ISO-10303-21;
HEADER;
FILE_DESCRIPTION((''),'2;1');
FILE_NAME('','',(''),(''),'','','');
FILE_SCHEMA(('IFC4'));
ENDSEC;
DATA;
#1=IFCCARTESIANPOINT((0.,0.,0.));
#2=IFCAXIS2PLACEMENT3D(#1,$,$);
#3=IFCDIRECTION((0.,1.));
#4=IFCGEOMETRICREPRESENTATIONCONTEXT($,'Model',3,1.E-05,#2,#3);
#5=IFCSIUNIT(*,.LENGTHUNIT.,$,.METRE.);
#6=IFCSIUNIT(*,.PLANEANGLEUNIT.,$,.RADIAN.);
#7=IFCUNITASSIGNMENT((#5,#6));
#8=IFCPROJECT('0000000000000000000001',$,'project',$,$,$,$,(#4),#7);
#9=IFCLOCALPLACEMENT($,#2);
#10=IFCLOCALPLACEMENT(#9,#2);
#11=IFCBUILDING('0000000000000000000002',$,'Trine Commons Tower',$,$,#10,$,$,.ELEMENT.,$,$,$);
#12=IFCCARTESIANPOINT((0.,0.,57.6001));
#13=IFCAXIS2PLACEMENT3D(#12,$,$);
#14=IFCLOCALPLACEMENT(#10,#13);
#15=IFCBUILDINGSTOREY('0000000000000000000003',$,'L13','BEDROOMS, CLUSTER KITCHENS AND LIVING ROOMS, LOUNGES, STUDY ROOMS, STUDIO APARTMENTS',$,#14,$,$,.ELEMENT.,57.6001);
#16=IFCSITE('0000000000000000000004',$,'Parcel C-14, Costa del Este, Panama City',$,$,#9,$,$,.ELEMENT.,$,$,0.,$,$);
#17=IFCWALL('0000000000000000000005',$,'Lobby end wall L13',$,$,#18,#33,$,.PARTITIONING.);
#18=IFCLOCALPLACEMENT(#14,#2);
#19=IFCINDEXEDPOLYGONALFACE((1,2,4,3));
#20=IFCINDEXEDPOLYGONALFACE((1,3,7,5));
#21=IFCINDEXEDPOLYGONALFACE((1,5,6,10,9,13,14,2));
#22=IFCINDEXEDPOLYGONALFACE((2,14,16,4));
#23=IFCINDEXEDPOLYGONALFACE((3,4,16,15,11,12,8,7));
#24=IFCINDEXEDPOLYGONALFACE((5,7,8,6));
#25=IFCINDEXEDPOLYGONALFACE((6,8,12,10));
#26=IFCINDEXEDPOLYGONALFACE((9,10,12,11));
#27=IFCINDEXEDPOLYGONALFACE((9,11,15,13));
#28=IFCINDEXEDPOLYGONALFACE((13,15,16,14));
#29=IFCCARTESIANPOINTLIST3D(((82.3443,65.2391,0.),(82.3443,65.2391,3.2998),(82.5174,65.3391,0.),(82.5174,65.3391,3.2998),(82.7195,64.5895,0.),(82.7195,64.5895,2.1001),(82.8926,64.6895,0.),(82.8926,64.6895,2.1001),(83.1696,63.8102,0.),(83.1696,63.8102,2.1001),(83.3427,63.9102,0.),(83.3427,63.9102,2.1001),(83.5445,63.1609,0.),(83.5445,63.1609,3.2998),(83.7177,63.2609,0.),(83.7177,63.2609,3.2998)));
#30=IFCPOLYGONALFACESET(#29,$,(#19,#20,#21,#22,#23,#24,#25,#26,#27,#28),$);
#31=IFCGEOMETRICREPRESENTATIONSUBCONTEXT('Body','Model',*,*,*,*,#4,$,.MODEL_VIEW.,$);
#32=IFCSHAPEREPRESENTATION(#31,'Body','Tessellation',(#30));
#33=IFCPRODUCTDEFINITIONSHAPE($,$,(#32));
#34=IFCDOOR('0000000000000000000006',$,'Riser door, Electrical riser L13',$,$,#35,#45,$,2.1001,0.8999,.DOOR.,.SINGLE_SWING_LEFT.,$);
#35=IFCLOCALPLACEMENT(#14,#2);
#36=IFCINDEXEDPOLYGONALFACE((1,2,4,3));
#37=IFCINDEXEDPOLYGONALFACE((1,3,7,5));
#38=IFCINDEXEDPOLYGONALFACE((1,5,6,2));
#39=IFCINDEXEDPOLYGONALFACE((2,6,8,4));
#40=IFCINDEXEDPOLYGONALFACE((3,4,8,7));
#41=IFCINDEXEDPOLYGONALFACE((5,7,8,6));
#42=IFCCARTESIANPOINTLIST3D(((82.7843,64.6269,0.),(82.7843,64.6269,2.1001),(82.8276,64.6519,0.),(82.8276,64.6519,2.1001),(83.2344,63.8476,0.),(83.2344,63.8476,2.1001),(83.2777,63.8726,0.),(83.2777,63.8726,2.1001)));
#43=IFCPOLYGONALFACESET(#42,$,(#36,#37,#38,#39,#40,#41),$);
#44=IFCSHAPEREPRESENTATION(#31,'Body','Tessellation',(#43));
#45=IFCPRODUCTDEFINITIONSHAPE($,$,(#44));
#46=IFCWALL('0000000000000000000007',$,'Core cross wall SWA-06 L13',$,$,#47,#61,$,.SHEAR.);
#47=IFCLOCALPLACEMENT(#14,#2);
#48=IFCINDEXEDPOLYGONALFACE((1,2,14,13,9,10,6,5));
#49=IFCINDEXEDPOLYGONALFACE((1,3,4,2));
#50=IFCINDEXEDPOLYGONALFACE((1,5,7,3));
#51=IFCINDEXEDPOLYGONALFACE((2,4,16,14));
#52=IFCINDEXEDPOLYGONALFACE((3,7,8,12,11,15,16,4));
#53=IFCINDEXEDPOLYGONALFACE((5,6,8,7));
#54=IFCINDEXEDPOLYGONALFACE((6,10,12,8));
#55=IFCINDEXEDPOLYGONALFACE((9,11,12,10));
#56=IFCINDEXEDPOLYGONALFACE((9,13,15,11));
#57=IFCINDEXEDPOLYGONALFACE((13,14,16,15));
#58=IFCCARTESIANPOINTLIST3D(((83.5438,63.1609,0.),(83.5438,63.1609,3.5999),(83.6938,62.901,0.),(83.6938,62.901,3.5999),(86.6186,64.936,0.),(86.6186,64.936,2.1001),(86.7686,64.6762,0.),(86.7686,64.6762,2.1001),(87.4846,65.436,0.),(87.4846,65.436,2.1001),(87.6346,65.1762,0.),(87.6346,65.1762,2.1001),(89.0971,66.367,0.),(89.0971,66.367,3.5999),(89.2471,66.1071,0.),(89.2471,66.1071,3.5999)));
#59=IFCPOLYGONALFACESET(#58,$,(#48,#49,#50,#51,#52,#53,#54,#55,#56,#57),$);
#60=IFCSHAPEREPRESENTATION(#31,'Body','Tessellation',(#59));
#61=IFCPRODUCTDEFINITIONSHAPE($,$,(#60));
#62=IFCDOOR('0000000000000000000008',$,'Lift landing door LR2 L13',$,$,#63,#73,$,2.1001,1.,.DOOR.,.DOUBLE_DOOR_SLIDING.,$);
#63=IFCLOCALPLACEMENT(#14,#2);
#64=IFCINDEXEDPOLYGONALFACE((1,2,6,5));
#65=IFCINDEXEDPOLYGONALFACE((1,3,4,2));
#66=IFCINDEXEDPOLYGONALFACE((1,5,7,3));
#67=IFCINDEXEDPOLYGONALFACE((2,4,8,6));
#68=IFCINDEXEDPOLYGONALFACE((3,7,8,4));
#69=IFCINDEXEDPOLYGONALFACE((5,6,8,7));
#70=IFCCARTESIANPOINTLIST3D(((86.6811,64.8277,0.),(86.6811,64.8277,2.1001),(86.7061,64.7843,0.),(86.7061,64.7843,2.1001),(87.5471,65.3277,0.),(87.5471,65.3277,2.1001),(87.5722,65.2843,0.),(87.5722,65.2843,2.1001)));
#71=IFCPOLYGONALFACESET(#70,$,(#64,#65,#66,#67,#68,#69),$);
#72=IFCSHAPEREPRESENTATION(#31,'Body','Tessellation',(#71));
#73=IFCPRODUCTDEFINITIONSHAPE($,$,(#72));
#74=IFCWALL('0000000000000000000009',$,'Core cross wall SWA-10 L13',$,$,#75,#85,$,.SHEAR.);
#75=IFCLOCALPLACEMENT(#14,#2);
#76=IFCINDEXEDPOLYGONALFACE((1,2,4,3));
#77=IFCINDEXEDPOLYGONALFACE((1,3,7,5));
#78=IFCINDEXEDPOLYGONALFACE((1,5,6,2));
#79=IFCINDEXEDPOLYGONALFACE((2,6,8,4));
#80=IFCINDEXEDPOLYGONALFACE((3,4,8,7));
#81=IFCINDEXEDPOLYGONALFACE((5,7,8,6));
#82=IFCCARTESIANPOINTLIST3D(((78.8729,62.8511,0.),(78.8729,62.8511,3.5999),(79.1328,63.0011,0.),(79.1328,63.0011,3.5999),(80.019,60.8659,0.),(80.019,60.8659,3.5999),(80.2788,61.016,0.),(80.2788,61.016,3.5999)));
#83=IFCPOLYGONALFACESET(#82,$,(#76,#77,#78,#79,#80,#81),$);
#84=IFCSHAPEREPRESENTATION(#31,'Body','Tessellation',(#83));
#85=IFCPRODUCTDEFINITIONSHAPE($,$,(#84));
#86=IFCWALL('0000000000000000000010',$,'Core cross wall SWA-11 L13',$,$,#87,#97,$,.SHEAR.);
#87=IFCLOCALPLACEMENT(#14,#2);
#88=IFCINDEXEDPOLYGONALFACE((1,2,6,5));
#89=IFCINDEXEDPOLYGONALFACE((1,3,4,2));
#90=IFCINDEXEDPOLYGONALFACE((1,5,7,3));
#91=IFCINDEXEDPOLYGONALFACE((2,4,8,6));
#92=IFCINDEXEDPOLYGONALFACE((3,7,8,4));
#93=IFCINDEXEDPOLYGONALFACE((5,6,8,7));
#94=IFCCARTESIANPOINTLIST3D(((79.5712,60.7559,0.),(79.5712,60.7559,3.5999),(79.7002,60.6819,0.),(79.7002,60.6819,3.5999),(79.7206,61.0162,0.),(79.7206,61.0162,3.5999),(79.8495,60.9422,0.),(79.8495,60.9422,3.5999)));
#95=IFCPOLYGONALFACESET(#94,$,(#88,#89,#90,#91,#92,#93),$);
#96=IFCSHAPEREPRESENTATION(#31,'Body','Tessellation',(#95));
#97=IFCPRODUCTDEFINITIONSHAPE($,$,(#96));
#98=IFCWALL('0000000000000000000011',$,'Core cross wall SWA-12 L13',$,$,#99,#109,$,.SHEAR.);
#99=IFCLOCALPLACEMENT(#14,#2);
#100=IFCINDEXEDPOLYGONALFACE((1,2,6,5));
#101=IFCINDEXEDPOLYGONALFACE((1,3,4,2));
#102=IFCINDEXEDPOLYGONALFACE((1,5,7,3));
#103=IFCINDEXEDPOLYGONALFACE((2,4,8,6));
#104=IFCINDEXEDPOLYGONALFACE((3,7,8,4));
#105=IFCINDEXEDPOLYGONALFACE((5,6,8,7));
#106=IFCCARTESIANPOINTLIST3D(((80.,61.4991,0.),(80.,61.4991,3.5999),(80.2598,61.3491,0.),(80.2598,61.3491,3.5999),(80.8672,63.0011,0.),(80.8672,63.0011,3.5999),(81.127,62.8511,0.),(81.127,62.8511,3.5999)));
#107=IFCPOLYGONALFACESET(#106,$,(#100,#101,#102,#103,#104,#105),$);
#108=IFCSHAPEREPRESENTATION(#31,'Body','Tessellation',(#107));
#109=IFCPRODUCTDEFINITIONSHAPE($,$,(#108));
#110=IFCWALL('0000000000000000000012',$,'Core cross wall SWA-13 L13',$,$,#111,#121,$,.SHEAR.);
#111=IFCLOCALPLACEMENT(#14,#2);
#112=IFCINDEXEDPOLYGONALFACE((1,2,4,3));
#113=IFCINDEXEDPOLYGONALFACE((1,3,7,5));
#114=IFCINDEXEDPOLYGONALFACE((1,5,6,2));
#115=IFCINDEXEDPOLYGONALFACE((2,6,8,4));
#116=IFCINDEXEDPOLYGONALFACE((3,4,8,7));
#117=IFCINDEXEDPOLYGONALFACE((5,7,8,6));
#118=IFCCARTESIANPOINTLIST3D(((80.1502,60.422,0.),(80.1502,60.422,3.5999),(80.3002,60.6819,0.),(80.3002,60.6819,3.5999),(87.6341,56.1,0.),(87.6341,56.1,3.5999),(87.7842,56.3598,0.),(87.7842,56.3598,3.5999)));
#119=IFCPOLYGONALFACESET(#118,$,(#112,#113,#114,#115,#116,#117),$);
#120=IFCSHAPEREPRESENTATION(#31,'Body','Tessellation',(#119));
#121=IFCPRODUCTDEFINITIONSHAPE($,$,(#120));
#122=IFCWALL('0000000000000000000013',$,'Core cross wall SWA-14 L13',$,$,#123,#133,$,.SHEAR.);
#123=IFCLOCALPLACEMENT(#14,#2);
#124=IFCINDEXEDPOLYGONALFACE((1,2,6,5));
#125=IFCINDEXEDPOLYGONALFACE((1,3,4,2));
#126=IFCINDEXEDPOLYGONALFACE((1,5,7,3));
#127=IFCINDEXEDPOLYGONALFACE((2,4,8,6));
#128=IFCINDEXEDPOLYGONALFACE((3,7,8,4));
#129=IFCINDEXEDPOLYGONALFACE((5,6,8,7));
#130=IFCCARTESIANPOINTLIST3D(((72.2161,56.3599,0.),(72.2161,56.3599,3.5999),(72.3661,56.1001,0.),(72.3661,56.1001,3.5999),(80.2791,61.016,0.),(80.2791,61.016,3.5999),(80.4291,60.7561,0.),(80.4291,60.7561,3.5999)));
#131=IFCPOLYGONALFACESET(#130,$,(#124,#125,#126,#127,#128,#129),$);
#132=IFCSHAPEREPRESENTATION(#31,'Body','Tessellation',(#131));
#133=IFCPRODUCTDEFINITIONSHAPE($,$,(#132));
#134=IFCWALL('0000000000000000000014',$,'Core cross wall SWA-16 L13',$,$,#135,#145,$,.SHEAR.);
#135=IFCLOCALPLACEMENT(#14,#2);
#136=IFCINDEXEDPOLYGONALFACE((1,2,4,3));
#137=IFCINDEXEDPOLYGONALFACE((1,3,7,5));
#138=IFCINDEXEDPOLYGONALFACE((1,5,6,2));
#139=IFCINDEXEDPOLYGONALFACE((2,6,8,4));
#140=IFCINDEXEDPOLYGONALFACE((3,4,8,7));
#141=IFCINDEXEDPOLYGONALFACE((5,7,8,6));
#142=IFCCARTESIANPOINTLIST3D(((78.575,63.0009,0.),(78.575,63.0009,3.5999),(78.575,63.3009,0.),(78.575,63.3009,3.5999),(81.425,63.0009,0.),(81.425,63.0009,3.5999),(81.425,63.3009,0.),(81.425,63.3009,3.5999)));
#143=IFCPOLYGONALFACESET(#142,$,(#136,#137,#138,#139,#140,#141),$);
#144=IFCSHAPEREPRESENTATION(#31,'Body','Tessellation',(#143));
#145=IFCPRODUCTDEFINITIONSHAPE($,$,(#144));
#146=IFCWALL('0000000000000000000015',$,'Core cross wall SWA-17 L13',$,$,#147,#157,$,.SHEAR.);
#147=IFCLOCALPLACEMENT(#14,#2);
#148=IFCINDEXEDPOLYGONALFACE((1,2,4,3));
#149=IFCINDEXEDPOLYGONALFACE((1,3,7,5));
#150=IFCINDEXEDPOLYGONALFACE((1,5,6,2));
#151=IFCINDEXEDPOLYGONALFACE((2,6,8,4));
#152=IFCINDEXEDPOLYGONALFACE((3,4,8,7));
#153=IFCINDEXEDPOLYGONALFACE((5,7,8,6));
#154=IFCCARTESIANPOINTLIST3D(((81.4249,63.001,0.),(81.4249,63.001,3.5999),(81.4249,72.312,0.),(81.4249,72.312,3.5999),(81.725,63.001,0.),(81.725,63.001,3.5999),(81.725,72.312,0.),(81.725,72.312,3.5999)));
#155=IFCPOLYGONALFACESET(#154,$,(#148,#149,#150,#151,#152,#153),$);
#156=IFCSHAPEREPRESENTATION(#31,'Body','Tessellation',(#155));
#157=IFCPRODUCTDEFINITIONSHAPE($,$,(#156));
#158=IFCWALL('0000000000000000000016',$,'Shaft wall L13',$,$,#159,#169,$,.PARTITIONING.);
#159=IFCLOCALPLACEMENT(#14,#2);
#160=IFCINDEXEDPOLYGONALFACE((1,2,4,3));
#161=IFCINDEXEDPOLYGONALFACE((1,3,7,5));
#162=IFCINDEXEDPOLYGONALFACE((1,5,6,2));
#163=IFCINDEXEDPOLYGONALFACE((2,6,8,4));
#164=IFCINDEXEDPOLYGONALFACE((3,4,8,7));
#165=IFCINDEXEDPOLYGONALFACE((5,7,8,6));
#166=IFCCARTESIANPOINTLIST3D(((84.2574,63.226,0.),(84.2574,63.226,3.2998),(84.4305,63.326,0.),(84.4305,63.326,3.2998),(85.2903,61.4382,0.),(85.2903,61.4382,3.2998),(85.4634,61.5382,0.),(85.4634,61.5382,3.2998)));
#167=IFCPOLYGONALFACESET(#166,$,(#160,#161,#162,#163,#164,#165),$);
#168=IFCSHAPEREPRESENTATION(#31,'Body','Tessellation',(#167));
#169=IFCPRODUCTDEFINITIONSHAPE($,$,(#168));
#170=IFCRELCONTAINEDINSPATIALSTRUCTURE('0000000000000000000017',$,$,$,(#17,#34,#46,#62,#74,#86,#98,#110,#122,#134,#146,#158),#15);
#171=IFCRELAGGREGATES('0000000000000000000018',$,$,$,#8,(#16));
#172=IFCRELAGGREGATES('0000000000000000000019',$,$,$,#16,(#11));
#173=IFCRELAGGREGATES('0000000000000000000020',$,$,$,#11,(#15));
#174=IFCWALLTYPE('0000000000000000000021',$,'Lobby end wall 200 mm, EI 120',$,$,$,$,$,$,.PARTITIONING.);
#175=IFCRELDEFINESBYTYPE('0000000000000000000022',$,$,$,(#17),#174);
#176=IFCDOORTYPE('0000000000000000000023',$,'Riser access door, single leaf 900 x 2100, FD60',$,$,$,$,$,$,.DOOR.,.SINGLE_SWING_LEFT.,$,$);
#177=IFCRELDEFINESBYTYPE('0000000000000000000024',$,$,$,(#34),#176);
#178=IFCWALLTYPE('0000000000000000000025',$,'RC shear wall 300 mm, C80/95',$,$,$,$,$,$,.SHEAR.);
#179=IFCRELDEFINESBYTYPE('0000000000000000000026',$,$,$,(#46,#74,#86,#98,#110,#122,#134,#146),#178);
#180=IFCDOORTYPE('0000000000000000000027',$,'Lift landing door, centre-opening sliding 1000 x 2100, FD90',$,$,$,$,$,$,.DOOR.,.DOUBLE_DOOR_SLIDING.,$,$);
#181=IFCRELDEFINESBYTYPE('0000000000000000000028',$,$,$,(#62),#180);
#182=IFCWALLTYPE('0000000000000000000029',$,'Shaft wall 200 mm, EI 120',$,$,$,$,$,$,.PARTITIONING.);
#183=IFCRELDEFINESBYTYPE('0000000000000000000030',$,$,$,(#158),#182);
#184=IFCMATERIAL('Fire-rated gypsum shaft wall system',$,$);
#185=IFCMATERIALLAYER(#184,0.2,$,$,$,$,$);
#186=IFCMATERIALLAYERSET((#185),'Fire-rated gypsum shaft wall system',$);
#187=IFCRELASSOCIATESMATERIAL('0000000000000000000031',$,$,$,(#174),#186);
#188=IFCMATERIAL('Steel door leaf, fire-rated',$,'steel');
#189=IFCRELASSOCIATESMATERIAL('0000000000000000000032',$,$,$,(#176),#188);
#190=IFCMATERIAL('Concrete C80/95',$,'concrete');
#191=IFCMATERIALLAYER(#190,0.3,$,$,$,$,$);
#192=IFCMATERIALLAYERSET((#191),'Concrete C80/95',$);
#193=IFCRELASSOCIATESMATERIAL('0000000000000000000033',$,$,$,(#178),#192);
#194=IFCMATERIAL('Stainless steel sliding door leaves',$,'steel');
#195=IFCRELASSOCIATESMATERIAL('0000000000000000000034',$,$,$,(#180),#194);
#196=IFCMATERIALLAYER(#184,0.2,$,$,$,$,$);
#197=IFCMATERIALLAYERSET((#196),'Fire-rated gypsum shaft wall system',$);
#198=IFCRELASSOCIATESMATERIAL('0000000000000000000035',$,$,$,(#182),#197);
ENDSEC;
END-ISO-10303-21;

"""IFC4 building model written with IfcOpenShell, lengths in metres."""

from ifc_helpers import new_model, si_unit, direction, frame, frame_2d, origin, place, context, subcontext, project, spatial, rectangle, extrude, material, layer, layer_set, type_object, element, fill, save


model = new_model("IFC4")

# Units and contexts
model_context = context("Model", 3, precision=1e-05, world=origin(), true_north=direction((0.0, 1.0)))
body_context = subcontext(model_context, "Body", "Model", "MODEL_VIEW")
ifc_project = project(units=[si_unit("LENGTHUNIT", "METRE"), si_unit("PLANEANGLEUNIT", "RADIAN")], contexts=[model_context])

# Site, building, storey
site_placement = place(None, origin())
site = spatial("IfcSite", under=ifc_project, at=site_placement, Name="Parcel C-14, Costa del Este, Panama City", CompositionType="ELEMENT", RefElevation=0.0)
building_placement = place(site_placement, origin())
building = spatial("IfcBuilding", under=site, at=building_placement, Name="Trine Commons Tower", CompositionType="ELEMENT")
storey_placement = place(building_placement, frame((0.0, 0.0, 57.6001)))
storey = spatial("IfcBuildingStorey", under=building, at=storey_placement, Name="L13", Description="BEDROOMS, CLUSTER KITCHENS AND LIVING ROOMS, LOUNGES, STUDY ROOMS, STUDIO APARTMENTS", CompositionType="ELEMENT", Elevation=57.6001)

# Walls, openings, doors
ifc_material_1 = material(Name="Fire-rated gypsum shaft wall system")
ifc_layer_1 = layer(ifc_material_1, 0.2)
ifc_layer_set_1 = layer_set([ifc_layer_1], Name="Fire-rated gypsum shaft wall system")
wall_type_1 = type_object("IfcWallType", Name="Lobby end wall 200 mm, EI 120", PredefinedType="PARTITIONING", material=ifc_layer_set_1)
wall_1_placement = place(storey_placement, frame((83.6311, 63.2109, 0.0), z_axis=(0.0, 0.0, 1.0), x_axis=(-0.500122, 0.865955, 0.0)))
wall_1 = element("IfcWall", 1, at=wall_1_placement, inside=storey, type_object=wall_type_1, Name="Lobby end wall L13", PredefinedType="PARTITIONING", context=body_context, shape_type="SweptSolid", body=[
    extrude(rectangle(XDim=2.3999, YDim=0.2, at=frame_2d((1.2, 0.0))), origin(), (0.0, 0.0, 1.0), 3.2998),
])
opening_1_placement = place(wall_1_placement, frame((0.7498, 0.0, 0.0)))
opening_1 = element("IfcOpeningElement", 2, at=opening_1_placement, cuts=wall_1, PredefinedType="OPENING", context=body_context, shape_type="SweptSolid", body=[
    extrude(rectangle(XDim=0.8999, YDim=2.1001, at=frame_2d((0.45, 1.05))), frame((0.0, 0.1099, 0.0), z_axis=(0.0, -1.0, 0.0), x_axis=(1.0, 0.0, 0.0)), (0.0, 0.0, 1.0), 0.22),
])
ifc_material_2 = material(Name="Steel door leaf, fire-rated", Category="steel")
door_type_1 = type_object("IfcDoorType", Name="Riser access door, single leaf 900 x 2100, FD60", OperationType="SINGLE_SWING_LEFT", PredefinedType="DOOR", material=ifc_material_2)
door_1_placement = place(opening_1_placement, frame((0.8999, 0.0, 0.0), z_axis=(0.0, 0.0, 1.0), x_axis=(-1.0, 0.0, 0.0)))
door_1 = element("IfcDoor", 3, at=door_1_placement, inside=storey, type_object=door_type_1, Name="Riser door, Electrical riser L13", OperationType="SINGLE_SWING_LEFT", OverallHeight=2.1001, OverallWidth=0.8999, PredefinedType="DOOR", context=body_context, shape_type="SweptSolid", body=[
    extrude(rectangle(XDim=0.8999, YDim=2.1001, at=frame_2d((0.45, 1.05))), frame((0.0, 0.0249, 0.0), z_axis=(0.0, -1.0, 0.0), x_axis=(1.0, 0.0, 0.0)), (0.0, 0.0, 1.0), 0.05),
])
fill(opening_1, door_1)
ifc_material_3 = material(Name="Concrete C80/95", Category="concrete")
ifc_layer_2 = layer(ifc_material_3, 0.3)
ifc_layer_set_2 = layer_set([ifc_layer_2], Name="Concrete C80/95")
wall_type_2 = type_object("IfcWallType", Name="RC shear wall 300 mm, C80/95", PredefinedType="SHEAR", material=ifc_layer_set_2)
wall_2_placement = place(storey_placement, frame((83.6189, 63.031, 0.0), z_axis=(0.0, 0.0, 1.0), x_axis=(0.866032, 0.499988, 0.0)))
wall_2 = element("IfcWall", 4, at=wall_2_placement, inside=storey, type_object=wall_type_2, Name="Core cross wall SWA-06 L13", PredefinedType="SHEAR", context=body_context, shape_type="SweptSolid", body=[
    extrude(rectangle(XDim=6.4124, YDim=0.3, at=frame_2d((3.2061, 0.0))), origin(), (0.0, 0.0, 1.0), 3.5999),
])
opening_2_placement = place(wall_2_placement, frame((3.5503, 0.0, 0.0)))
opening_2 = element("IfcOpeningElement", 5, at=opening_2_placement, cuts=wall_2, PredefinedType="OPENING", context=body_context, shape_type="SweptSolid", body=[
    extrude(rectangle(XDim=1.0, YDim=2.1001, at=frame_2d((0.5, 1.05))), frame((0.0, 0.1599, 0.0), z_axis=(0.0, -1.0, 0.0), x_axis=(1.0, 0.0, 0.0)), (0.0, 0.0, 1.0), 0.3201),
])
ifc_material_4 = material(Name="Stainless steel sliding door leaves", Category="steel")
door_type_2 = type_object("IfcDoorType", Name="Lift landing door, centre-opening sliding 1000 x 2100, FD90", OperationType="DOUBLE_DOOR_SLIDING", PredefinedType="DOOR", material=ifc_material_4)
door_2_placement = place(opening_2_placement, origin())
door_2 = element("IfcDoor", 6, at=door_2_placement, inside=storey, type_object=door_type_2, Name="Lift landing door LR2 L13", OperationType="DOUBLE_DOOR_SLIDING", OverallHeight=2.1001, OverallWidth=1.0, PredefinedType="DOOR", context=body_context, shape_type="SweptSolid", body=[
    extrude(rectangle(XDim=1.0, YDim=2.1001, at=frame_2d((0.5, 1.05))), frame((0.0, 0.0249, 0.0), z_axis=(0.0, -1.0, 0.0), x_axis=(1.0, 0.0, 0.0)), (0.0, 0.0, 1.0), 0.05),
])
fill(opening_2, door_2)

# Walls
wall_3_placement = place(storey_placement, frame((79.0029, 62.926, 0.0), z_axis=(0.0, 0.0, 1.0), x_axis=(0.499965, -0.866045, 0.0)))
element("IfcWall", 7, at=wall_3_placement, inside=storey, type_object=wall_type_2, Name="Core cross wall SWA-10 L13", PredefinedType="SHEAR", context=body_context, shape_type="SweptSolid", body=[
    extrude(rectangle(XDim=2.2922, YDim=0.3, at=frame_2d((1.146, 0.0))), origin(), (0.0, 0.0, 1.0), 3.5999),
])
wall_4_placement = place(storey_placement, frame((79.646, 60.886, 0.0), z_axis=(0.0, 0.0, 1.0), x_axis=(0.867332, -0.49773, 0.0)))
element("IfcWall", 8, at=wall_4_placement, inside=storey, type_object=wall_type_2, Name="Core cross wall SWA-11 L13", PredefinedType="SHEAR", context=body_context, shape_type="SweptSolid", body=[
    extrude(rectangle(XDim=0.1487, YDim=0.3, at=frame_2d((0.0742, 0.0))), origin(), (0.0, 0.0, 1.0), 3.5999),
])
wall_5_placement = place(storey_placement, frame((80.1299, 61.4241, 0.0), z_axis=(0.0, 0.0, 1.0), x_axis=(0.500015, 0.866017, 0.0)))
element("IfcWall", 9, at=wall_5_placement, inside=storey, type_object=wall_type_2, Name="Core cross wall SWA-12 L13", PredefinedType="SHEAR", context=body_context, shape_type="SweptSolid", body=[
    extrude(rectangle(XDim=1.7344, YDim=0.3, at=frame_2d((0.8672, 0.0))), origin(), (0.0, 0.0, 1.0), 3.5999),
])
wall_6_placement = place(storey_placement, frame((80.2251, 60.552, 0.0), z_axis=(0.0, 0.0, 1.0), x_axis=(0.865965, -0.500104, 0.0)))
element("IfcWall", 10, at=wall_6_placement, inside=storey, type_object=wall_type_2, Name="Core cross wall SWA-13 L13", PredefinedType="SHEAR", context=body_context, shape_type="SweptSolid", body=[
    extrude(rectangle(XDim=8.6423, YDim=0.3, at=frame_2d((4.3213, 0.0))), origin(), (0.0, 0.0, 1.0), 3.5999),
])
wall_7_placement = place(storey_placement, frame((80.354, 60.886, 0.0), z_axis=(0.0, 0.0, 1.0), x_axis=(-0.865986, -0.500067, 0.0)))
element("IfcWall", 11, at=wall_7_placement, inside=storey, type_object=wall_type_2, Name="Core cross wall SWA-14 L13", PredefinedType="SHEAR", context=body_context, shape_type="SweptSolid", body=[
    extrude(rectangle(XDim=9.3108, YDim=0.3, at=frame_2d((4.6553, 0.0))), origin(), (0.0, 0.0, 1.0), 3.5999),
])
wall_8_placement = place(storey_placement, frame((81.425, 63.1509, 0.0), z_axis=(0.0, 0.0, 1.0), x_axis=(-1.0, 0.0, 0.0)))
element("IfcWall", 12, at=wall_8_placement, inside=storey, type_object=wall_type_2, Name="Core cross wall SWA-16 L13", PredefinedType="SHEAR", context=body_context, shape_type="SweptSolid", body=[
    extrude(rectangle(XDim=2.8501, YDim=0.3, at=frame_2d((1.425, 0.0))), origin(), (0.0, 0.0, 1.0), 3.5999),
])
wall_9_placement = place(storey_placement, frame((81.575, 63.001, 0.0), z_axis=(0.0, 0.0, 1.0), x_axis=(0.0, 1.0, 0.0)))
element("IfcWall", 13, at=wall_9_placement, inside=storey, type_object=wall_type_2, Name="Core cross wall SWA-17 L13", PredefinedType="SHEAR", context=body_context, shape_type="SweptSolid", body=[
    extrude(rectangle(XDim=9.311, YDim=0.3, at=frame_2d((4.6555, 0.0))), origin(), (0.0, 0.0, 1.0), 3.5999),
])
ifc_layer_3 = layer(ifc_material_1, 0.2)
ifc_layer_set_3 = layer_set([ifc_layer_3], Name="Fire-rated gypsum shaft wall system")
wall_type_3 = type_object("IfcWallType", Name="Shaft wall 200 mm, EI 120", PredefinedType="PARTITIONING", material=ifc_layer_set_3)
wall_10_placement = place(storey_placement, frame((84.344, 63.2759, 0.0), z_axis=(0.0, 0.0, 1.0), x_axis=(0.500272, -0.865868, 0.0)))
element("IfcWall", 14, at=wall_10_placement, inside=storey, type_object=wall_type_3, Name="Shaft wall L13", PredefinedType="PARTITIONING", context=body_context, shape_type="SweptSolid", body=[
    extrude(rectangle(XDim=2.0647, YDim=0.2, at=frame_2d((1.0322, 0.0))), origin(), (0.0, 0.0, 1.0), 3.2998),
])

save(model, "model.ifc")
